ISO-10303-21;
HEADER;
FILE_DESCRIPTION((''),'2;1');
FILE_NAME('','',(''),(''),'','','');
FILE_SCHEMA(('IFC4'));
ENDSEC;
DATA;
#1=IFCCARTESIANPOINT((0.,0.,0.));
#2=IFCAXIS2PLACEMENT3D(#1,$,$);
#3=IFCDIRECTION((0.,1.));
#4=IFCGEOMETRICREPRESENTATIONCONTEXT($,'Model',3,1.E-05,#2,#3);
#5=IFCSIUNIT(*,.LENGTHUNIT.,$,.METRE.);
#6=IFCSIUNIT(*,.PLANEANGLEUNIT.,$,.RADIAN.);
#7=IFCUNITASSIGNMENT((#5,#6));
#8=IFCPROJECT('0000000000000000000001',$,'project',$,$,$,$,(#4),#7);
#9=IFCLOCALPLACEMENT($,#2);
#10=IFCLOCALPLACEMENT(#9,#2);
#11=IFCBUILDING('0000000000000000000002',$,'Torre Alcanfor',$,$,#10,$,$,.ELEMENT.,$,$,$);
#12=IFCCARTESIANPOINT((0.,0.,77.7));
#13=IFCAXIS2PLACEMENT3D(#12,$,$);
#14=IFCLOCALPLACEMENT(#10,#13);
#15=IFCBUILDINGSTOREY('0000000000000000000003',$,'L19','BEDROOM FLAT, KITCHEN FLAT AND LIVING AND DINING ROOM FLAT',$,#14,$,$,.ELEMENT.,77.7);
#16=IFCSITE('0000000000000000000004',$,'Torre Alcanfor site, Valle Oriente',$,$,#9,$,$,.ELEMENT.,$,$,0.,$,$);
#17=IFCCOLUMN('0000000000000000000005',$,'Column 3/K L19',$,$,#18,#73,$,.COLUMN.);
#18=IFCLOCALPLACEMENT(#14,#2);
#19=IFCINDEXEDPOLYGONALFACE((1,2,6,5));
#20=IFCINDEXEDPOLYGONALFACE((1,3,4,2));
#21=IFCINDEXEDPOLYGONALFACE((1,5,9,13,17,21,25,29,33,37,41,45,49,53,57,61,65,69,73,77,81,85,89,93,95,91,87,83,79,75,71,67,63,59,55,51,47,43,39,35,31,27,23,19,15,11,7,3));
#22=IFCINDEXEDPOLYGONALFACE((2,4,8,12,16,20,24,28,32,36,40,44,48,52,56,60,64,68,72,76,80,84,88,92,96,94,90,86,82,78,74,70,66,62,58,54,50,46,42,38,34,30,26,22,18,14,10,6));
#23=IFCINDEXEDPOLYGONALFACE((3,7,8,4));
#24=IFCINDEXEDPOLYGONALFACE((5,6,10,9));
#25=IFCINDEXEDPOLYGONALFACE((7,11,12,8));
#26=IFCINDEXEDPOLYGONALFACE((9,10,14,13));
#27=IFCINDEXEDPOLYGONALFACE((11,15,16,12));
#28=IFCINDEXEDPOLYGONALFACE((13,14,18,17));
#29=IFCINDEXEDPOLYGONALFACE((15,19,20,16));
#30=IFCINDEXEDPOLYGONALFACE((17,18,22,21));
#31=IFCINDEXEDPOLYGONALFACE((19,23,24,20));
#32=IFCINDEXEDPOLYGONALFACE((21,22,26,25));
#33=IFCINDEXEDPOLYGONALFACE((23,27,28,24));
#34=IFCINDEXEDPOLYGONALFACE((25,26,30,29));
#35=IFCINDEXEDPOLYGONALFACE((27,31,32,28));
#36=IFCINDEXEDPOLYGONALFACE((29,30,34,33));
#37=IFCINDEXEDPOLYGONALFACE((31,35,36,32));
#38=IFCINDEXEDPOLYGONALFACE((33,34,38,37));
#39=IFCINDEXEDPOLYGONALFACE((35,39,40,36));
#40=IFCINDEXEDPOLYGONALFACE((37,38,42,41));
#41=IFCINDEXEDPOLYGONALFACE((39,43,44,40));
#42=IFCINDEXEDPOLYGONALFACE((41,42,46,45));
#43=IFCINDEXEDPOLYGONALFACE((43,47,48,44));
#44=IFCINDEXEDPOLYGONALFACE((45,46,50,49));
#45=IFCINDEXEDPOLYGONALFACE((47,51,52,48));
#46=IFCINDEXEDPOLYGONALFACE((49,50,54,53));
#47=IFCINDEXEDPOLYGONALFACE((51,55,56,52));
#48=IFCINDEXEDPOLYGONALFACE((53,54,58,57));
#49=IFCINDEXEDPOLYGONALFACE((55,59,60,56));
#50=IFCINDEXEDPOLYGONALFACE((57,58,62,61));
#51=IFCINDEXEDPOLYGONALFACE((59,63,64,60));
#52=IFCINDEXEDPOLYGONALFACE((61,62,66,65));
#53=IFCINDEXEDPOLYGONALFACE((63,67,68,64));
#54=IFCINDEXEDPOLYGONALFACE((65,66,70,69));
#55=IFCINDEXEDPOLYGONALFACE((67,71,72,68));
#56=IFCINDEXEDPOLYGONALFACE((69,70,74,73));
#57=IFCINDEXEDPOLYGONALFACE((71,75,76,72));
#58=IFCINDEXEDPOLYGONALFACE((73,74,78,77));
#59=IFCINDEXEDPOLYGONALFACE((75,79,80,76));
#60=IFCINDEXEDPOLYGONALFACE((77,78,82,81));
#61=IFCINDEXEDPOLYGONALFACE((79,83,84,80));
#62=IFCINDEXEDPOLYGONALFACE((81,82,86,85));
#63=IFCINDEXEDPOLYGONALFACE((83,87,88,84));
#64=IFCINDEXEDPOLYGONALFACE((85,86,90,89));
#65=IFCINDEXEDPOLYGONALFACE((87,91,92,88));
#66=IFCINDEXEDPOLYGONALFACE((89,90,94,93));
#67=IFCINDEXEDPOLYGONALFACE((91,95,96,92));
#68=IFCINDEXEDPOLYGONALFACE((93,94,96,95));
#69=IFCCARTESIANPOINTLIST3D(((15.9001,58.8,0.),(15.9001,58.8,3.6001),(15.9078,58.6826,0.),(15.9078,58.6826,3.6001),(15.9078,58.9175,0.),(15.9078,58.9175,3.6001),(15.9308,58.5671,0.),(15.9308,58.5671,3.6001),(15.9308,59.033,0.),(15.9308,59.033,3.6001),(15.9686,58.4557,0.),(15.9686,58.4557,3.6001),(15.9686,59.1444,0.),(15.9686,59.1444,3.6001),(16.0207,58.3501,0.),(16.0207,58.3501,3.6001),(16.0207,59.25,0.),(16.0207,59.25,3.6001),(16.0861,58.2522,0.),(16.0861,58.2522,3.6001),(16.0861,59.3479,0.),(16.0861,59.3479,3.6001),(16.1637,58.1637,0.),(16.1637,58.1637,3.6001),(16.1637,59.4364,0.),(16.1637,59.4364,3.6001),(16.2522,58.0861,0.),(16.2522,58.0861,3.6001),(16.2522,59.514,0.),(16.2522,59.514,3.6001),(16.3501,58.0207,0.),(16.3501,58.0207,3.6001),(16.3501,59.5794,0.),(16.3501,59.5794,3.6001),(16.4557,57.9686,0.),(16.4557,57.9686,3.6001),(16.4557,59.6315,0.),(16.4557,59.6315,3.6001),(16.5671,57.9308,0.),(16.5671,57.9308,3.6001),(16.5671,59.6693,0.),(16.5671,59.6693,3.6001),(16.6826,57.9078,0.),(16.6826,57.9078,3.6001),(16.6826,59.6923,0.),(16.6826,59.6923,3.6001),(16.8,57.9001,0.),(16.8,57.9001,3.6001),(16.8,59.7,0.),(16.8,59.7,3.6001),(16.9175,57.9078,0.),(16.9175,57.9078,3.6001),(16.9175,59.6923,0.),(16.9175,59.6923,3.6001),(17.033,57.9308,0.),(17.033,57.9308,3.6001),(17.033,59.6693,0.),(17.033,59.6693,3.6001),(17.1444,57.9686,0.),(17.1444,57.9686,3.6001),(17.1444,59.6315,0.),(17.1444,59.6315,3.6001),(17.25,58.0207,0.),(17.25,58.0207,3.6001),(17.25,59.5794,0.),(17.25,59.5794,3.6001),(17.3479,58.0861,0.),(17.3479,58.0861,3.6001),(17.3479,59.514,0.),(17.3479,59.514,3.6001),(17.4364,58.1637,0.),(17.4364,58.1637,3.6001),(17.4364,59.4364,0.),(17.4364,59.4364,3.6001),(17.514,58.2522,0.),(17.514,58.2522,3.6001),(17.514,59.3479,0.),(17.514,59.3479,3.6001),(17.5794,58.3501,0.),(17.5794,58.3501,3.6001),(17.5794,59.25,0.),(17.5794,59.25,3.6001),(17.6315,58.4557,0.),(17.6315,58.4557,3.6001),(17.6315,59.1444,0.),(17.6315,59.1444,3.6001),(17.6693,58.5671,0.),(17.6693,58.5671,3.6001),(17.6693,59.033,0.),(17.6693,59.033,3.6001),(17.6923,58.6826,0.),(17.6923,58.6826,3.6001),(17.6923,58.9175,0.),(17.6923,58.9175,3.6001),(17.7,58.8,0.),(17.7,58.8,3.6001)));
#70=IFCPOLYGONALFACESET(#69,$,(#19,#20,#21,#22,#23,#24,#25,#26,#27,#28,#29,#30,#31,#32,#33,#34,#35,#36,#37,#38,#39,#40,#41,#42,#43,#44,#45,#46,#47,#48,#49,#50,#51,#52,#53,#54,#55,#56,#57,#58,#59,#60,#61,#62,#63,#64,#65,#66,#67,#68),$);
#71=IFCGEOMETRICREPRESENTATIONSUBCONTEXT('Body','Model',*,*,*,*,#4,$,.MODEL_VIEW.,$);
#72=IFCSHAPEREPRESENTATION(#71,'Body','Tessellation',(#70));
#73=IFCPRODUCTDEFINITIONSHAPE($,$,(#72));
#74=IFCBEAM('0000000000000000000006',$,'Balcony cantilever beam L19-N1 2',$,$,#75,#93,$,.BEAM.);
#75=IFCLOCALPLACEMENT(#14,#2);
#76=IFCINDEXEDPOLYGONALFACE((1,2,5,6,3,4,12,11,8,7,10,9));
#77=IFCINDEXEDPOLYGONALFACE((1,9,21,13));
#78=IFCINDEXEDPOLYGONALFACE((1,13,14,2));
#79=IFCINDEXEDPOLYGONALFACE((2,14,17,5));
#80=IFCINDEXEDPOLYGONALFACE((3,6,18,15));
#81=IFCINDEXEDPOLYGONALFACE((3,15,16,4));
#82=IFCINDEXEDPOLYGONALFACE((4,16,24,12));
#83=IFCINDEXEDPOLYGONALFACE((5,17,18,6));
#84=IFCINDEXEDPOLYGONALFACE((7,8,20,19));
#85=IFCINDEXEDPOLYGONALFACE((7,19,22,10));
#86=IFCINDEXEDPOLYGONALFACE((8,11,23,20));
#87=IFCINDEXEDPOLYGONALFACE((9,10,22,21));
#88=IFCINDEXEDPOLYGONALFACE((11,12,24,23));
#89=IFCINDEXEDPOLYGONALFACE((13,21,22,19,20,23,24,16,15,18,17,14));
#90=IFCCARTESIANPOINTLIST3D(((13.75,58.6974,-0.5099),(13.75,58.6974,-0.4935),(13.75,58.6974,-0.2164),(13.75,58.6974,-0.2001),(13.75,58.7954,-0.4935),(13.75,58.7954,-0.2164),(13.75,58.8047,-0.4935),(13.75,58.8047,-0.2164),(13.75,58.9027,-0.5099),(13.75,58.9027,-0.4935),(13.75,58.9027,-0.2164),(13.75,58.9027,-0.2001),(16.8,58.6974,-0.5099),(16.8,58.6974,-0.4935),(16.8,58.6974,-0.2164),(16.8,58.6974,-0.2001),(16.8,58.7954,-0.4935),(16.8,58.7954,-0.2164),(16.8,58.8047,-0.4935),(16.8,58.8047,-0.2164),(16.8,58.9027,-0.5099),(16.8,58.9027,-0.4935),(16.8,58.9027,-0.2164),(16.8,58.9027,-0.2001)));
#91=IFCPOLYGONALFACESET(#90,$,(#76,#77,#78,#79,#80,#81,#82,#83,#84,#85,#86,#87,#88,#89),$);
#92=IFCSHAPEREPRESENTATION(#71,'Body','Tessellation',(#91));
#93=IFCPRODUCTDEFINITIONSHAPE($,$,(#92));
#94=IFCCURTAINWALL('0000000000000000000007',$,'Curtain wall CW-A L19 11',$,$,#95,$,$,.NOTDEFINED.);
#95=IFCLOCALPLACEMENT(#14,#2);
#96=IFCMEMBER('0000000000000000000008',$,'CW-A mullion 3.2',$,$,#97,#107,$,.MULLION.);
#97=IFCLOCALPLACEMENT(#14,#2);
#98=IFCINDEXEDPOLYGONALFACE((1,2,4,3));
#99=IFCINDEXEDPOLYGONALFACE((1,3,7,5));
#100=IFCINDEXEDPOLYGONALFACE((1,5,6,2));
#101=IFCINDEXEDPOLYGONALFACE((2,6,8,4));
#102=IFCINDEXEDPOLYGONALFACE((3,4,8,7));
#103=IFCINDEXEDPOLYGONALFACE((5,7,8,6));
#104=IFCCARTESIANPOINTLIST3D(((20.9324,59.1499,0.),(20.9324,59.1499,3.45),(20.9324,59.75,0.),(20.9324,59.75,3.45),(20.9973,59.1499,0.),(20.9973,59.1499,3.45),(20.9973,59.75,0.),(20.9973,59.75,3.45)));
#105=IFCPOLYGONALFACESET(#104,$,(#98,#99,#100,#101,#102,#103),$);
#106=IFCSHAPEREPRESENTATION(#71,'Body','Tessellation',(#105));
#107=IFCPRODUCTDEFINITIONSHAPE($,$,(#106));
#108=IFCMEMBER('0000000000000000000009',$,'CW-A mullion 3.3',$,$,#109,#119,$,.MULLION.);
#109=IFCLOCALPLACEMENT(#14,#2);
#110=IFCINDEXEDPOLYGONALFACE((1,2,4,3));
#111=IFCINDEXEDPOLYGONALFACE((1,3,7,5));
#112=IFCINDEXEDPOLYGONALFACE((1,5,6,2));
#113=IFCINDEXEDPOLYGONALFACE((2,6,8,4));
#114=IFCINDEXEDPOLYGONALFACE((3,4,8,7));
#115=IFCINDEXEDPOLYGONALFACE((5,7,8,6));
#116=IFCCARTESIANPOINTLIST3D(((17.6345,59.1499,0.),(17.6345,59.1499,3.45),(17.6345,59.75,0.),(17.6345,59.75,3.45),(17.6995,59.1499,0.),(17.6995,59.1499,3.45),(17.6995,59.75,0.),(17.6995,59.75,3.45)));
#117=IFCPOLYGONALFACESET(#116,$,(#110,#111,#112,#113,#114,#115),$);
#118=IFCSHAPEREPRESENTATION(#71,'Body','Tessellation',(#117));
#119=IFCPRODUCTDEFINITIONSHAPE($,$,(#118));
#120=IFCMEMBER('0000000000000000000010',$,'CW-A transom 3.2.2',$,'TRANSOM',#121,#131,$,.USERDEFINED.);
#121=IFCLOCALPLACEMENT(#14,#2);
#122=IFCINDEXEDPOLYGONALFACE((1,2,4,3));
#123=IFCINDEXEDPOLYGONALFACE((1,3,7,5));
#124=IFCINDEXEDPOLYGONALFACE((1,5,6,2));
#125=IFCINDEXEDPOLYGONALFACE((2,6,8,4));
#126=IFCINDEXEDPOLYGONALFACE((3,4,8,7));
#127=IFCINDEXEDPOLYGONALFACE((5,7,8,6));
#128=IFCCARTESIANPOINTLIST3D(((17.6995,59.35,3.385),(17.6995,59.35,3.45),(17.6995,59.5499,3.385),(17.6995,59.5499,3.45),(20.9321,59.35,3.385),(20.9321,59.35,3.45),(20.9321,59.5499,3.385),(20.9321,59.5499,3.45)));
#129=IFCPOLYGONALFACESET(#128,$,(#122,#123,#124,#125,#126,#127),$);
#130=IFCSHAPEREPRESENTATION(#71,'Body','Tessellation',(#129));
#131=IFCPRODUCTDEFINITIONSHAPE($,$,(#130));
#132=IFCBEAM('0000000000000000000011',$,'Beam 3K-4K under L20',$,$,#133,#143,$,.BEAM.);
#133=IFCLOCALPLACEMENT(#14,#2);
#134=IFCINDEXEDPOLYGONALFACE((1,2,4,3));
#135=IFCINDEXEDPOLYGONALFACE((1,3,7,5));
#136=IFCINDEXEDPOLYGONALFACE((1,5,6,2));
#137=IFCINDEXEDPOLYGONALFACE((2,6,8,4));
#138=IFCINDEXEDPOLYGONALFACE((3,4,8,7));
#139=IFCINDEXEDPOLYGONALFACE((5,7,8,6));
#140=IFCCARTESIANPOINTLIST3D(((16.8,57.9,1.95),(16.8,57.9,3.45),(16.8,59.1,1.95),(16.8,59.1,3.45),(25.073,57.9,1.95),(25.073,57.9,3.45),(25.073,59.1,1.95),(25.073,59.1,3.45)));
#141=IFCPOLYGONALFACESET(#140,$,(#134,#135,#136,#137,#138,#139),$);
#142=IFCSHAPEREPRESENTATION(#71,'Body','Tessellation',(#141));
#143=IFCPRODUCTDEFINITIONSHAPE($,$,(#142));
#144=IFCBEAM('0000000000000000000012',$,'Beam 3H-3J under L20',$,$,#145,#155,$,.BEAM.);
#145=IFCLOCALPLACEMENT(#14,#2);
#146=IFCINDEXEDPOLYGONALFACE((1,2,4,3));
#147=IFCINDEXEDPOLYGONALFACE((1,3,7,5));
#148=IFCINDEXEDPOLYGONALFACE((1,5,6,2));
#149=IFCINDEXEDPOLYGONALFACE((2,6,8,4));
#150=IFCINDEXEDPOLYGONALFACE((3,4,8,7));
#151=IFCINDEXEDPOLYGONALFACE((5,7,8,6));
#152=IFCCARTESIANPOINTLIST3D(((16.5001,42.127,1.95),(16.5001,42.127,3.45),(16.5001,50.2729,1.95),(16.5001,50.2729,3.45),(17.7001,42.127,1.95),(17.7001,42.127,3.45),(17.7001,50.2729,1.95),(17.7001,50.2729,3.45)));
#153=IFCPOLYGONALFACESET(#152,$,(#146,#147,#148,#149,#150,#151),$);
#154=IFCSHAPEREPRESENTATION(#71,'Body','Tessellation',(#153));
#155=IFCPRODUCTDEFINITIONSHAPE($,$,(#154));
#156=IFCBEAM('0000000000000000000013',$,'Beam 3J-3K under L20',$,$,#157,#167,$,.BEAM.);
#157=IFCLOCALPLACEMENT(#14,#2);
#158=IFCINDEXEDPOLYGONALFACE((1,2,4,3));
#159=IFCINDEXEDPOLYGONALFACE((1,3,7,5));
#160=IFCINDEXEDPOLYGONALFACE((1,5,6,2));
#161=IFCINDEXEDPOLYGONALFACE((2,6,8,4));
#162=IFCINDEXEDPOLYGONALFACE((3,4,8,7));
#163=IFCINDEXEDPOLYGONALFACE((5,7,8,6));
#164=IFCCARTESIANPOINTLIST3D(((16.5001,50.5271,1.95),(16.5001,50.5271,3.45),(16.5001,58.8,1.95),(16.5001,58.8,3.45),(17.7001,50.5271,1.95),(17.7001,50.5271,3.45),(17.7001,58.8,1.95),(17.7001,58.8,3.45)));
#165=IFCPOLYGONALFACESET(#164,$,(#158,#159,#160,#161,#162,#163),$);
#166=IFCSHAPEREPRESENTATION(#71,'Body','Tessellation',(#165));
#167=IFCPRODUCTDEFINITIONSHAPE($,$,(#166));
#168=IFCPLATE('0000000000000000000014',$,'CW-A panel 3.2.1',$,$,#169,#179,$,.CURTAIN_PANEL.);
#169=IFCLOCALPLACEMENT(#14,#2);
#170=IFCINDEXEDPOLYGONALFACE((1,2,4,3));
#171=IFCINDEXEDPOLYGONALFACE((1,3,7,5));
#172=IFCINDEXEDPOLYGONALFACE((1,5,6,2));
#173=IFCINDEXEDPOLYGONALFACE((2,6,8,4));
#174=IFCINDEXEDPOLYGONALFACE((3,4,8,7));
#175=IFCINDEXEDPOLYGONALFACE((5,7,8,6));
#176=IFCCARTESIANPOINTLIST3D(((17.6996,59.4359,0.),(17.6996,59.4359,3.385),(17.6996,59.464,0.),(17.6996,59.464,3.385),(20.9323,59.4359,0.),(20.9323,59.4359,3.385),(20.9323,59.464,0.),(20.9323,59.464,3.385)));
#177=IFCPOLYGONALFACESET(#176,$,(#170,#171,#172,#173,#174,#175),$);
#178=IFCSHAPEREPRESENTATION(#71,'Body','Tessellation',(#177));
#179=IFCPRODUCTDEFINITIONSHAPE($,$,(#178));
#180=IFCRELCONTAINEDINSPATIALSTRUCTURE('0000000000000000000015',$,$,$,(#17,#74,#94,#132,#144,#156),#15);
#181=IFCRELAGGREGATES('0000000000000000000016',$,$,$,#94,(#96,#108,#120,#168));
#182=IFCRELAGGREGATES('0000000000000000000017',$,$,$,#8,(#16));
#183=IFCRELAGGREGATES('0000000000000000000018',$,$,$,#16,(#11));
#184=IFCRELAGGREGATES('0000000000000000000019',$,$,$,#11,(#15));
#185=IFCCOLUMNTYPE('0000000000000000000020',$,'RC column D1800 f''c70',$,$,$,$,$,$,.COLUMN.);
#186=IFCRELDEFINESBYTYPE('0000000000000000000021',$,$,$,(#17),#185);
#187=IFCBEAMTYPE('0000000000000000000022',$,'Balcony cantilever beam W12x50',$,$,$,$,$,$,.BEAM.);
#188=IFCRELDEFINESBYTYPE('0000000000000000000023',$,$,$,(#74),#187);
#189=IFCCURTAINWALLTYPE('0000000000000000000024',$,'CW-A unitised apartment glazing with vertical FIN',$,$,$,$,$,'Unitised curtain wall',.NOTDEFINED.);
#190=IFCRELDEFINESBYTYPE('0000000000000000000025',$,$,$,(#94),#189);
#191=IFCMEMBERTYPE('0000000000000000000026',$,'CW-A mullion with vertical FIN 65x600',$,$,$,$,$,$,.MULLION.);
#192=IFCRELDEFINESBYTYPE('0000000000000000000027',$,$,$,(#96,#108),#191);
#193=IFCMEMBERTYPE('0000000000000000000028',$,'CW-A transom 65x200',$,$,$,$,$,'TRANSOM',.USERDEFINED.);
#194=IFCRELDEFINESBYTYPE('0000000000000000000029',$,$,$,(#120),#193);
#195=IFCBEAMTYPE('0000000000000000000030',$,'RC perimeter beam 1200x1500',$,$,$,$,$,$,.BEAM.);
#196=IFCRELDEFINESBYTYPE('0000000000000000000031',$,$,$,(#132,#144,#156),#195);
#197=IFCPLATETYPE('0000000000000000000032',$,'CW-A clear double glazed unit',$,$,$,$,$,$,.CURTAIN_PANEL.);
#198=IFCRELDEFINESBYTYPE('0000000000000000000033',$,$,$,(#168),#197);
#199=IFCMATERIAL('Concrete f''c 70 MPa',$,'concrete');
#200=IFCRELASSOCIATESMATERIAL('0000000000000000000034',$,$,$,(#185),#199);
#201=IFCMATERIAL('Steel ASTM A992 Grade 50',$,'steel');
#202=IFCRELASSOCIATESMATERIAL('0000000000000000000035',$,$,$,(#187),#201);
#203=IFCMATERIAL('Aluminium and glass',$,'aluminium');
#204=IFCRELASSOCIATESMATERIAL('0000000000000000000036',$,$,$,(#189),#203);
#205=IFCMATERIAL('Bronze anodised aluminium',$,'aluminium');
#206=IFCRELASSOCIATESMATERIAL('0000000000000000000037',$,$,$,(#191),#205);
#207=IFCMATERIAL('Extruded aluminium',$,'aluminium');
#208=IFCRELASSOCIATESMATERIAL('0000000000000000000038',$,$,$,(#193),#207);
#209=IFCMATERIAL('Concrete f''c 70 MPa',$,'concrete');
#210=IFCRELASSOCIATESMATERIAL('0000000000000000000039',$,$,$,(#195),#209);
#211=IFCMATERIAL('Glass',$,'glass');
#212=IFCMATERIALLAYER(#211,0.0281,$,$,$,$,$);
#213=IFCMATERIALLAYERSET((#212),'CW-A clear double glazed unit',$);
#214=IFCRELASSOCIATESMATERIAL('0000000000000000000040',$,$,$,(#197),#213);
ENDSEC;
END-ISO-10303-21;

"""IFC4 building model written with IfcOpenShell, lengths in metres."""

from ifc_helpers import new_model, si_unit, direction, frame, origin, origin_2d, place, context, subcontext, project, spatial, rectangle, circle, i_section, extrude, material, layer, layer_set, material_profile, profile_set, type_object, element, aggregate, save


model = new_model("IFC4")

# Units and contexts
model_context = context("Model", 3, precision=1e-05, world=origin(), true_north=direction((0.0, 1.0)))
body_context = subcontext(model_context, "Body", "Model", "MODEL_VIEW")
ifc_project = project(units=[si_unit("LENGTHUNIT", "METRE"), si_unit("PLANEANGLEUNIT", "RADIAN")], contexts=[model_context])

# Site, building, storey
site_placement = place(None, origin())
site = spatial("IfcSite", under=ifc_project, at=site_placement, Name="Torre Alcanfor site, Valle Oriente", CompositionType="ELEMENT", RefElevation=0.0)
building_placement = place(site_placement, origin())
building = spatial("IfcBuilding", under=site, at=building_placement, Name="Torre Alcanfor", CompositionType="ELEMENT")
storey_placement = place(building_placement, frame((0.0, 0.0, 77.7)))
storey = spatial("IfcBuildingStorey", under=building, at=storey_placement, Name="L19", Description="BEDROOM FLAT, KITCHEN FLAT AND LIVING AND DINING ROOM FLAT", CompositionType="ELEMENT", Elevation=77.7)

# Column
ifc_material_1 = material(Name="Concrete f'c 70 MPa", Category="concrete")
ifc_material_profile_1 = material_profile(ifc_material_1, circle(Radius=0.8999, at=origin_2d()), Name="D1800")
ifc_profile_set_1 = profile_set([ifc_material_profile_1], Name="Concrete f'c 70 MPa")
column_type = type_object("IfcColumnType", Name="RC column D1800 f'c70", PredefinedType="COLUMN", material=ifc_profile_set_1)
column_placement = place(storey_placement, frame((16.8, 58.8, 0.0), z_axis=(0.0, 0.0, 1.0), x_axis=(1.0, 0.0, 0.0)))
element("IfcColumn", 1, at=column_placement, inside=storey, type_object=column_type, Name="Column 3/K L19", PredefinedType="COLUMN", context=body_context, shape_type="SweptSolid", body=[
    extrude(circle(Radius=0.8999, at=origin_2d()), origin(), (0.0, 0.0, 1.0), 3.6001),
])

# Beam
ifc_material_2 = material(Name="Steel ASTM A992 Grade 50", Category="steel")
ifc_material_profile_2 = material_profile(ifc_material_2, i_section(OverallWidth=0.2053, OverallDepth=0.3098, WebThickness=0.0093, FlangeThickness=0.0164, at=origin_2d()), Name="W12x50")
ifc_profile_set_2 = profile_set([ifc_material_profile_2], Name="Steel ASTM A992 Grade 50")
beam_type_1 = type_object("IfcBeamType", Name="Balcony cantilever beam W12x50", PredefinedType="BEAM", material=ifc_profile_set_2)
beam_1_placement = place(storey_placement, frame((16.8, 58.8, -0.355), z_axis=(-1.0, 0.0, 0.0), x_axis=(0.0, -1.0, 0.0)))
element("IfcBeam", 2, at=beam_1_placement, inside=storey, type_object=beam_type_1, Name="Balcony cantilever beam L19-N1 2", PredefinedType="BEAM", context=body_context, shape_type="SweptSolid", body=[
    extrude(i_section(OverallWidth=0.2053, OverallDepth=0.3098, WebThickness=0.0093, FlangeThickness=0.0164, at=origin_2d()), origin(), (0.0, 0.0, 1.0), 3.05),
])

# Curtain wall, members
ifc_material_3 = material(Name="Aluminium and glass", Category="aluminium")
curtain_wall_type = type_object("IfcCurtainWallType", Name="CW-A unitised apartment glazing with vertical FIN", ElementType="Unitised curtain wall", PredefinedType="NOTDEFINED", material=ifc_material_3)
curtain_wall_placement = place(storey_placement, origin())
curtain_wall = element("IfcCurtainWall", 3, at=curtain_wall_placement, inside=storey, type_object=curtain_wall_type, Name="Curtain wall CW-A L19 11", PredefinedType="NOTDEFINED")
ifc_material_4 = material(Name="Bronze anodised aluminium", Category="aluminium")
ifc_material_profile_3 = material_profile(ifc_material_4, rectangle(XDim=0.6001, YDim=0.0649, at=origin_2d()), Name="CW-A mullion 65x600")
ifc_profile_set_3 = profile_set([ifc_material_profile_3], Name="Bronze anodised aluminium")
member_type_1 = type_object("IfcMemberType", Name="CW-A mullion with vertical FIN 65x600", PredefinedType="MULLION", material=ifc_profile_set_3)
member_1_placement = place(storey_placement, frame((20.9648, 59.45, 0.0), z_axis=(0.0, 0.0, 1.0), x_axis=(0.0, -1.0, 0.0)))
member_1 = element("IfcMember", 4, at=member_1_placement, type_object=member_type_1, Name="CW-A mullion 3.2", PredefinedType="MULLION", context=body_context, shape_type="SweptSolid", body=[
    extrude(rectangle(XDim=0.6001, YDim=0.0649, at=origin_2d()), origin(), (0.0, 0.0, 1.0), 3.45),
])
member_2_placement = place(storey_placement, frame((17.667, 59.45, 0.0), z_axis=(0.0, 0.0, 1.0), x_axis=(0.0, -1.0, 0.0)))
member_2 = element("IfcMember", 5, at=member_2_placement, type_object=member_type_1, Name="CW-A mullion 3.3", PredefinedType="MULLION", context=body_context, shape_type="SweptSolid", body=[
    extrude(rectangle(XDim=0.6001, YDim=0.0649, at=origin_2d()), origin(), (0.0, 0.0, 1.0), 3.45),
])
ifc_material_5 = material(Name="Extruded aluminium", Category="aluminium")
ifc_material_profile_4 = material_profile(ifc_material_5, rectangle(XDim=0.2, YDim=0.0649, at=origin_2d()), Name="CW-A transom 200x65")
ifc_profile_set_4 = profile_set([ifc_material_profile_4], Name="Extruded aluminium")
member_type_2 = type_object("IfcMemberType", Name="CW-A transom 65x200", ElementType="TRANSOM", PredefinedType="USERDEFINED", material=ifc_profile_set_4)
member_3_placement = place(storey_placement, frame((20.9321, 59.45, 3.4175), z_axis=(-1.0, 0.0, 0.0), x_axis=(0.0, -1.0, 0.0)))
member_3 = element("IfcMember", 6, at=member_3_placement, type_object=member_type_2, Name="CW-A transom 3.2.2", ObjectType="TRANSOM", PredefinedType="USERDEFINED", context=body_context, shape_type="SweptSolid", body=[
    extrude(rectangle(XDim=0.2, YDim=0.0649, at=origin_2d()), origin(), (0.0, 0.0, 1.0), 3.2327),
])

# Beams
ifc_material_6 = material(Name="Concrete f'c 70 MPa", Category="concrete")
ifc_material_profile_5 = material_profile(ifc_material_6, rectangle(XDim=1.2, YDim=1.5, at=origin_2d()), Name="1200x1500")
ifc_profile_set_5 = profile_set([ifc_material_profile_5], Name="Concrete f'c 70 MPa")
beam_type_2 = type_object("IfcBeamType", Name="RC perimeter beam 1200x1500", PredefinedType="BEAM", material=ifc_profile_set_5)
beam_2_placement = place(storey_placement, frame((16.8, 58.5, 2.7), z_axis=(1.0, 0.0, 0.0), x_axis=(0.0, 1.0, 0.0)))
element("IfcBeam", 7, at=beam_2_placement, inside=storey, type_object=beam_type_2, Name="Beam 3K-4K under L20", PredefinedType="BEAM", context=body_context, shape_type="SweptSolid", body=[
    extrude(rectangle(XDim=1.2, YDim=1.5, at=origin_2d()), origin(), (0.0, 0.0, 1.0), 8.2729),
])
beam_3_placement = place(storey_placement, frame((17.1001, 42.127, 2.7), z_axis=(0.0, 1.0, 0.0), x_axis=(-1.0, 0.0, 0.0)))
element("IfcBeam", 8, at=beam_3_placement, inside=storey, type_object=beam_type_2, Name="Beam 3H-3J under L20", PredefinedType="BEAM", context=body_context, shape_type="SweptSolid", body=[
    extrude(rectangle(XDim=1.2, YDim=1.5, at=origin_2d()), origin(), (0.0, 0.0, 1.0), 8.146),
])
beam_4_placement = place(storey_placement, frame((17.1001, 50.5271, 2.7), z_axis=(0.0, 1.0, 0.0), x_axis=(-1.0, 0.0, 0.0)))
element("IfcBeam", 9, at=beam_4_placement, inside=storey, type_object=beam_type_2, Name="Beam 3J-3K under L20", PredefinedType="BEAM", context=body_context, shape_type="SweptSolid", body=[
    extrude(rectangle(XDim=1.2, YDim=1.5, at=origin_2d()), origin(), (0.0, 0.0, 1.0), 8.2729),
])

# Plate
ifc_material_7 = material(Name="Glass", Category="glass")
ifc_layer_1 = layer(ifc_material_7, 0.0281)
ifc_layer_set_1 = layer_set([ifc_layer_1], Name="CW-A clear double glazed unit")
plate_type = type_object("IfcPlateType", Name="CW-A clear double glazed unit", PredefinedType="CURTAIN_PANEL", material=ifc_layer_set_1)
plate_placement = place(storey_placement, frame((19.3159, 59.45, 0.0), z_axis=(0.0, 0.0, 1.0), x_axis=(-1.0, 0.0, 0.0)))
plate = element("IfcPlate", 10, at=plate_placement, type_object=plate_type, Name="CW-A panel 3.2.1", PredefinedType="CURTAIN_PANEL", context=body_context, shape_type="SweptSolid", body=[
    extrude(rectangle(XDim=3.2327, YDim=0.0281, at=origin_2d()), origin(), (0.0, 0.0, 1.0), 3.385),
])
aggregate(curtain_wall, [member_1, member_2, member_3, plate])

save(model, "model.ifc")
